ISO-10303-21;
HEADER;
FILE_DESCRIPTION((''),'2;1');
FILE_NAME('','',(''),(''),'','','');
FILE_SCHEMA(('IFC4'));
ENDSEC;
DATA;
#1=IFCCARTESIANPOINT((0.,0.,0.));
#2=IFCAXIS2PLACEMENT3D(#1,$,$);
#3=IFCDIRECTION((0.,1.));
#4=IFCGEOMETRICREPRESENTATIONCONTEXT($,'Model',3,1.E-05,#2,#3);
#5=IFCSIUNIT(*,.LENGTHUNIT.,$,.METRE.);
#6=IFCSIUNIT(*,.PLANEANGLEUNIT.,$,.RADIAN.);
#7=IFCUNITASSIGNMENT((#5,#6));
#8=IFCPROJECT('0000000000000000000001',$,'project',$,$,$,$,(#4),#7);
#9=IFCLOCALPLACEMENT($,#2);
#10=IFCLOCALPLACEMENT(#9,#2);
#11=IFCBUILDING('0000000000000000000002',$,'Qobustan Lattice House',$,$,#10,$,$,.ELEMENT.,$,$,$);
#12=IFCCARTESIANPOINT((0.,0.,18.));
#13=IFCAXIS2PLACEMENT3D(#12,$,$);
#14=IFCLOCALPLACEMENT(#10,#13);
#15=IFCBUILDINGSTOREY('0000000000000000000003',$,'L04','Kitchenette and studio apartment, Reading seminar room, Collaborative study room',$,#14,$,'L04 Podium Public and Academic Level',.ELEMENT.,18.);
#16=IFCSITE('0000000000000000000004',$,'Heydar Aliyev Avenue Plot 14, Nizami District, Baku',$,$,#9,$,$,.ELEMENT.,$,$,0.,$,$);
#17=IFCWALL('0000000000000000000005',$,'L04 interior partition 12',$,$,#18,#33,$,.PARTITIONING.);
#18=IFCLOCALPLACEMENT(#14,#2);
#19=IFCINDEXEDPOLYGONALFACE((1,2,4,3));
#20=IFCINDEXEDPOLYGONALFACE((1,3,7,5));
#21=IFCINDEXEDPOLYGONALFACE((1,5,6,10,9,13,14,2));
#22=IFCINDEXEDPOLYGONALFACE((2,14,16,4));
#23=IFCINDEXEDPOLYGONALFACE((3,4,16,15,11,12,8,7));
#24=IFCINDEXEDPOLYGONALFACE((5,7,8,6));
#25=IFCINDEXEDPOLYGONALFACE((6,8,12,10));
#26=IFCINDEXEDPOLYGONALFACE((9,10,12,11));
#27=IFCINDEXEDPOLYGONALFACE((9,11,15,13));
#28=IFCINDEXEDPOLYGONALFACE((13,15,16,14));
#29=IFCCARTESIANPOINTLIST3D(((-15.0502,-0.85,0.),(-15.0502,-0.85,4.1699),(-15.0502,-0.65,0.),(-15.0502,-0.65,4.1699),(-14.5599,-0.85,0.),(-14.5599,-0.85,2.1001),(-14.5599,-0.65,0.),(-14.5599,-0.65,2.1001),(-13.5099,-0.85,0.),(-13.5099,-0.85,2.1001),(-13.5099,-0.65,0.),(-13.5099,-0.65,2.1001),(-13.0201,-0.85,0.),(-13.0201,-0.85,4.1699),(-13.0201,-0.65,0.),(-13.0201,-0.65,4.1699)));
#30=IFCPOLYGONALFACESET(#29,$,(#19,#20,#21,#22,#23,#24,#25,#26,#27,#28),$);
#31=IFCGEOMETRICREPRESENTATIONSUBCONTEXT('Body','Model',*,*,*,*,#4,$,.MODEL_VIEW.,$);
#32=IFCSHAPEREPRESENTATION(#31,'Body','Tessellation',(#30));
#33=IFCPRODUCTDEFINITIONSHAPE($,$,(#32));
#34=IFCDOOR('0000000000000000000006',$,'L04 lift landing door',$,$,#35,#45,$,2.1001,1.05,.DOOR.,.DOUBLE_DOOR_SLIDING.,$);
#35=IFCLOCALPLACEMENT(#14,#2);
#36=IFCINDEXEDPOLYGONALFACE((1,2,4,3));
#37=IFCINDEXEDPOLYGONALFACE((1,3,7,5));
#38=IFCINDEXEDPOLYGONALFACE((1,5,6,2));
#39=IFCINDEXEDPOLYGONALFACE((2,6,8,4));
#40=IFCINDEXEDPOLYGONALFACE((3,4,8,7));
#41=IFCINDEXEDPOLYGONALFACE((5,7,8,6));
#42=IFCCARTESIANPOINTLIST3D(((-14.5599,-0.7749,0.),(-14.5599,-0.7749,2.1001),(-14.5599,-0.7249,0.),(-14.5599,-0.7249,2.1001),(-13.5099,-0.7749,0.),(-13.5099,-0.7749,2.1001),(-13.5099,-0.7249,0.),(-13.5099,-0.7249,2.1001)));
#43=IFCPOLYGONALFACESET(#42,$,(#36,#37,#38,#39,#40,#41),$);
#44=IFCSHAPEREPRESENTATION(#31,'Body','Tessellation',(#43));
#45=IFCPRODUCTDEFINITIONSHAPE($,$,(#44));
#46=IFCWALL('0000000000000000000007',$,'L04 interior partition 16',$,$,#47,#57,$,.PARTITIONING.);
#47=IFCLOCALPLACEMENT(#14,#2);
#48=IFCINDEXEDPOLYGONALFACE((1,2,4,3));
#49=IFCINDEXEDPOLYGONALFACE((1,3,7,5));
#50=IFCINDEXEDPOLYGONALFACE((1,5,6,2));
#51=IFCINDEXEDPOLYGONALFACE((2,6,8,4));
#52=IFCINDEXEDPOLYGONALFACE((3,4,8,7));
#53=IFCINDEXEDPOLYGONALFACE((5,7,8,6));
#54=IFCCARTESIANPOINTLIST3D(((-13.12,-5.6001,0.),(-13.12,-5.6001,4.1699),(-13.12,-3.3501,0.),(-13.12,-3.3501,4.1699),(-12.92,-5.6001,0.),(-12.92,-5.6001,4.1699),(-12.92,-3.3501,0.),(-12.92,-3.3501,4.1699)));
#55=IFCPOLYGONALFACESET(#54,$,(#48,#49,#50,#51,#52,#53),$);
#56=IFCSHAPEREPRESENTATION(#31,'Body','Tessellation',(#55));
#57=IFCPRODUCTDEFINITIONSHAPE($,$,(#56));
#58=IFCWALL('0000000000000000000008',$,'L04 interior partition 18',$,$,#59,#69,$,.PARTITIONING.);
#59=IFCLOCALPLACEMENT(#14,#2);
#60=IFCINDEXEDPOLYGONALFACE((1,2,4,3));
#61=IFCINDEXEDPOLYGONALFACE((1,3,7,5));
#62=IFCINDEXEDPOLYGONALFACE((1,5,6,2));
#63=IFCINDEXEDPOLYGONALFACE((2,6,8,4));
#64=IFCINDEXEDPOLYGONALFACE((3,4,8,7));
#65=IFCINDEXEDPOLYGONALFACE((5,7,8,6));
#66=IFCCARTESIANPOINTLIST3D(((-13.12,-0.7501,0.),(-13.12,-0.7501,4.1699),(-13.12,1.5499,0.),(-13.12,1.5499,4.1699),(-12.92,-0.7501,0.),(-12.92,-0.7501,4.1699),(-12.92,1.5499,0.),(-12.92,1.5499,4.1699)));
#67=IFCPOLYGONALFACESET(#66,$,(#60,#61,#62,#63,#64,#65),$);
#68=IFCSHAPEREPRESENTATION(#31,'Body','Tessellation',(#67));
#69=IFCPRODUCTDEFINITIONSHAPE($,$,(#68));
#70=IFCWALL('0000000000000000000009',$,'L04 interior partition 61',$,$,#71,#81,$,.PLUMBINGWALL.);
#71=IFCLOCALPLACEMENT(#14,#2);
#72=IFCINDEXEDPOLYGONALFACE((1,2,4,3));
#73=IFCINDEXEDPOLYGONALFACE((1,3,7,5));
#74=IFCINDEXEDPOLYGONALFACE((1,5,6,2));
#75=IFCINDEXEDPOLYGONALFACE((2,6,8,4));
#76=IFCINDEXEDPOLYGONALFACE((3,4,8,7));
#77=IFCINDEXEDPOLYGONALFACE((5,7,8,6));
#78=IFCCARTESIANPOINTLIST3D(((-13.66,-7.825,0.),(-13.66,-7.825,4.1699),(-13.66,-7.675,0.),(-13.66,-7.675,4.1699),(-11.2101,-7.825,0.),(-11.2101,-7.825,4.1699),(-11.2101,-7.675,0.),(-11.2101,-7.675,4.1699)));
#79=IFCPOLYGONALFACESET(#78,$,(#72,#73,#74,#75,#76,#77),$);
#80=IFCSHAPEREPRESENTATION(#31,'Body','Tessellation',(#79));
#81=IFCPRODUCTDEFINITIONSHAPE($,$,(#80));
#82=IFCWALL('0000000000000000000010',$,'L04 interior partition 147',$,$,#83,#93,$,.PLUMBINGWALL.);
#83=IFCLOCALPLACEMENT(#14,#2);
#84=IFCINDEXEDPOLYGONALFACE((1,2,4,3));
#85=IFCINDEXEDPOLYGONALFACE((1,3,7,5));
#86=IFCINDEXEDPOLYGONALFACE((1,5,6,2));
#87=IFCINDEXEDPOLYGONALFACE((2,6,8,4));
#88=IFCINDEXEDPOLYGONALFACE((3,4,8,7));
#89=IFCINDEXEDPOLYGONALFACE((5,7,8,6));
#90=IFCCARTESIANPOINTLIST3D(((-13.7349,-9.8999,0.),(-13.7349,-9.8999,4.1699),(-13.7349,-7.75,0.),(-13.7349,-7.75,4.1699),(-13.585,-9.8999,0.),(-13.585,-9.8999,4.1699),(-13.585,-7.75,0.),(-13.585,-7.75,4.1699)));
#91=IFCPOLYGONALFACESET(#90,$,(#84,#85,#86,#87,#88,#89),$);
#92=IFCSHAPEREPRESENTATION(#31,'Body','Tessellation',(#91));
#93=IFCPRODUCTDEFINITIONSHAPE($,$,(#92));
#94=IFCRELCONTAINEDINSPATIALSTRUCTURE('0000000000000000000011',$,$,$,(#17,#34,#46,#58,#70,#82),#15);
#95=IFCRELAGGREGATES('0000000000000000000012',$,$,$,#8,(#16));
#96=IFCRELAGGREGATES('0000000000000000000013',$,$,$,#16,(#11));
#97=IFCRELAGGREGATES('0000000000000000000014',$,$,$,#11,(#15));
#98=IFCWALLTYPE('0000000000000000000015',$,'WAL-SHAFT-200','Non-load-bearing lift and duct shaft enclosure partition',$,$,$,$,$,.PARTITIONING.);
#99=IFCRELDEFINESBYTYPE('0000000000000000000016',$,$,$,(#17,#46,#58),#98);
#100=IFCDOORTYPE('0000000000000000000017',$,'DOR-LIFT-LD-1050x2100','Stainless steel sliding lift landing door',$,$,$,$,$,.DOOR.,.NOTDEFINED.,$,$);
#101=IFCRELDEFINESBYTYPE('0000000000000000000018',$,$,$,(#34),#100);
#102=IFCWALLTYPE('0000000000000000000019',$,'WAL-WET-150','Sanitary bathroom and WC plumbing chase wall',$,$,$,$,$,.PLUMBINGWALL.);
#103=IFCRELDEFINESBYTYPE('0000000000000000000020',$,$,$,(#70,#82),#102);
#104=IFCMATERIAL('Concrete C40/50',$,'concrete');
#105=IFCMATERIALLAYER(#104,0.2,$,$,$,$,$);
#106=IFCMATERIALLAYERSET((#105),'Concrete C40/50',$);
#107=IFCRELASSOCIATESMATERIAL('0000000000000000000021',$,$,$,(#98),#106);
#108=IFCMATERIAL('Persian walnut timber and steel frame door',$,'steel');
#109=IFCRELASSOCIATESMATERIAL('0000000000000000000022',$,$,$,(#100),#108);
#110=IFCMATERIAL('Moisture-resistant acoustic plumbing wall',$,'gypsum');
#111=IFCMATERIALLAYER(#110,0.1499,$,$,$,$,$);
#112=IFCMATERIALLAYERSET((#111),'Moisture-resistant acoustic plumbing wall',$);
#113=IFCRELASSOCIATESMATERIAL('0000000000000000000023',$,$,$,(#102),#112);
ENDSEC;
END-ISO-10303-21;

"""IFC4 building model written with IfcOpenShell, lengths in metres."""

from ifc_helpers import new_model, si_unit, direction, frame, frame_2d, origin, place, context, subcontext, project, spatial, rectangle, extrude, material, layer, layer_set, type_object, element, fill, save


model = new_model("IFC4")

# Units and contexts
model_context = context("Model", 3, precision=1e-05, world=origin(), true_north=direction((0.0, 1.0)))
body_context = subcontext(model_context, "Body", "Model", "MODEL_VIEW")
ifc_project = project(units=[si_unit("LENGTHUNIT", "METRE"), si_unit("PLANEANGLEUNIT", "RADIAN")], contexts=[model_context])

# Site, building, storey
site_placement = place(None, origin())
site = spatial("IfcSite", under=ifc_project, at=site_placement, Name="Heydar Aliyev Avenue Plot 14, Nizami District, Baku", CompositionType="ELEMENT", RefElevation=0.0)
building_placement = place(site_placement, origin())
building = spatial("IfcBuilding", under=site, at=building_placement, Name="Qobustan Lattice House", CompositionType="ELEMENT")
storey_placement = place(building_placement, frame((0.0, 0.0, 18.0)))
storey = spatial("IfcBuildingStorey", under=building, at=storey_placement, Name="L04", Description="Kitchenette and studio apartment, Reading seminar room, Collaborative study room", LongName="L04 Podium Public and Academic Level", CompositionType="ELEMENT", Elevation=18.0)

# Shared definitions
ifc_material_1 = material(Name="Concrete C40/50", Category="concrete")
ifc_layer_1 = layer(ifc_material_1, 0.2)
ifc_layer_set_1 = layer_set([ifc_layer_1], Name="Concrete C40/50")
wall_type_1 = type_object("IfcWallType", Name="WAL-SHAFT-200", Description="Non-load-bearing lift and duct shaft enclosure partition", PredefinedType="PARTITIONING", material=ifc_layer_set_1)

# Wall, opening, door
ifc_material_2 = material(Name="Persian walnut timber and steel frame door", Category="steel")
door_type_1 = type_object("IfcDoorType", Name="DOR-LIFT-LD-1050x2100", Description="Stainless steel sliding lift landing door", OperationType="NOTDEFINED", PredefinedType="DOOR", material=ifc_material_2)
wall_1_placement = place(storey_placement, frame((-13.02, -0.75, 0.0), z_axis=(0.0, 0.0, 1.0), x_axis=(-1.0, 0.0, 0.0)))
wall_1 = element("IfcWall", 1, at=wall_1_placement, inside=storey, type_object=wall_type_1, Name="L04 interior partition 12", PredefinedType="PARTITIONING", context=body_context, shape_type="SweptSolid", body=[
    extrude(rectangle(XDim=2.03, YDim=0.2, at=frame_2d((1.0151, 0.0))), origin(), (0.0, 0.0, 1.0), 4.1699),
])
opening_1_placement = place(wall_1_placement, frame((0.49, 0.0, 0.0)))
opening_1 = element("IfcOpeningElement", 2, at=opening_1_placement, cuts=wall_1, PredefinedType="OPENING", context=body_context, shape_type="SweptSolid", body=[
    extrude(rectangle(XDim=1.05, YDim=2.1001, at=frame_2d((0.5249, 1.05))), frame((0.0, 0.1099, 0.0), z_axis=(0.0, -1.0, 0.0), x_axis=(1.0, 0.0, 0.0)), (0.0, 0.0, 1.0), 0.22),
])
door_1_placement = place(opening_1_placement, origin())
door_1 = element("IfcDoor", 3, at=door_1_placement, inside=storey, type_object=door_type_1, Name="L04 lift landing door", OperationType="DOUBLE_DOOR_SLIDING", OverallHeight=2.1001, OverallWidth=1.05, PredefinedType="DOOR", context=body_context, shape_type="SweptSolid", body=[
    extrude(rectangle(XDim=1.05, YDim=2.1001, at=frame_2d((0.5249, 1.05))), frame((0.0, 0.0249, 0.0), z_axis=(0.0, -1.0, 0.0), x_axis=(1.0, 0.0, 0.0)), (0.0, 0.0, 1.0), 0.05),
])
fill(opening_1, door_1)

# Walls
wall_2_placement = place(storey_placement, frame((-13.02, -5.6001, 0.0), z_axis=(0.0, 0.0, 1.0), x_axis=(0.0, 1.0, 0.0)))
element("IfcWall", 4, at=wall_2_placement, inside=storey, type_object=wall_type_1, Name="L04 interior partition 16", PredefinedType="PARTITIONING", context=body_context, shape_type="SweptSolid", body=[
    extrude(rectangle(XDim=2.25, YDim=0.2, at=frame_2d((1.125, 0.0))), origin(), (0.0, 0.0, 1.0), 4.1699),
])
wall_3_placement = place(storey_placement, frame((-13.02, -0.75, 0.0), z_axis=(0.0, 0.0, 1.0), x_axis=(0.0, 1.0, 0.0)))
element("IfcWall", 5, at=wall_3_placement, inside=storey, type_object=wall_type_1, Name="L04 interior partition 18", PredefinedType="PARTITIONING", context=body_context, shape_type="SweptSolid", body=[
    extrude(rectangle(XDim=2.3, YDim=0.2, at=frame_2d((1.1499, 0.0))), origin(), (0.0, 0.0, 1.0), 4.1699),
])
ifc_material_3 = material(Name="Moisture-resistant acoustic plumbing wall", Category="gypsum")
ifc_layer_2 = layer(ifc_material_3, 0.1499)
ifc_layer_set_2 = layer_set([ifc_layer_2], Name="Moisture-resistant acoustic plumbing wall")
wall_type_2 = type_object("IfcWallType", Name="WAL-WET-150", Description="Sanitary bathroom and WC plumbing chase wall", PredefinedType="PLUMBINGWALL", material=ifc_layer_set_2)
wall_4_placement = place(storey_placement, frame((-11.21, -7.75, 0.0), z_axis=(0.0, 0.0, 1.0), x_axis=(-1.0, 0.0, 0.0)))
element("IfcWall", 6, at=wall_4_placement, inside=storey, type_object=wall_type_2, Name="L04 interior partition 61", PredefinedType="PLUMBINGWALL", context=body_context, shape_type="SweptSolid", body=[
    extrude(rectangle(XDim=2.45, YDim=0.1499, at=frame_2d((1.2251, 0.0))), origin(), (0.0, 0.0, 1.0), 4.1699),
])
wall_5_placement = place(storey_placement, frame((-13.6599, -7.75, 0.0), z_axis=(0.0, 0.0, 1.0), x_axis=(0.0, -1.0, 0.0)))
element("IfcWall", 7, at=wall_5_placement, inside=storey, type_object=wall_type_2, Name="L04 interior partition 147", PredefinedType="PLUMBINGWALL", context=body_context, shape_type="SweptSolid", body=[
    extrude(rectangle(XDim=2.1499, YDim=0.1499, at=frame_2d((1.075, 0.0))), origin(), (0.0, 0.0, 1.0), 4.1699),
])

save(model, "model.ifc")
